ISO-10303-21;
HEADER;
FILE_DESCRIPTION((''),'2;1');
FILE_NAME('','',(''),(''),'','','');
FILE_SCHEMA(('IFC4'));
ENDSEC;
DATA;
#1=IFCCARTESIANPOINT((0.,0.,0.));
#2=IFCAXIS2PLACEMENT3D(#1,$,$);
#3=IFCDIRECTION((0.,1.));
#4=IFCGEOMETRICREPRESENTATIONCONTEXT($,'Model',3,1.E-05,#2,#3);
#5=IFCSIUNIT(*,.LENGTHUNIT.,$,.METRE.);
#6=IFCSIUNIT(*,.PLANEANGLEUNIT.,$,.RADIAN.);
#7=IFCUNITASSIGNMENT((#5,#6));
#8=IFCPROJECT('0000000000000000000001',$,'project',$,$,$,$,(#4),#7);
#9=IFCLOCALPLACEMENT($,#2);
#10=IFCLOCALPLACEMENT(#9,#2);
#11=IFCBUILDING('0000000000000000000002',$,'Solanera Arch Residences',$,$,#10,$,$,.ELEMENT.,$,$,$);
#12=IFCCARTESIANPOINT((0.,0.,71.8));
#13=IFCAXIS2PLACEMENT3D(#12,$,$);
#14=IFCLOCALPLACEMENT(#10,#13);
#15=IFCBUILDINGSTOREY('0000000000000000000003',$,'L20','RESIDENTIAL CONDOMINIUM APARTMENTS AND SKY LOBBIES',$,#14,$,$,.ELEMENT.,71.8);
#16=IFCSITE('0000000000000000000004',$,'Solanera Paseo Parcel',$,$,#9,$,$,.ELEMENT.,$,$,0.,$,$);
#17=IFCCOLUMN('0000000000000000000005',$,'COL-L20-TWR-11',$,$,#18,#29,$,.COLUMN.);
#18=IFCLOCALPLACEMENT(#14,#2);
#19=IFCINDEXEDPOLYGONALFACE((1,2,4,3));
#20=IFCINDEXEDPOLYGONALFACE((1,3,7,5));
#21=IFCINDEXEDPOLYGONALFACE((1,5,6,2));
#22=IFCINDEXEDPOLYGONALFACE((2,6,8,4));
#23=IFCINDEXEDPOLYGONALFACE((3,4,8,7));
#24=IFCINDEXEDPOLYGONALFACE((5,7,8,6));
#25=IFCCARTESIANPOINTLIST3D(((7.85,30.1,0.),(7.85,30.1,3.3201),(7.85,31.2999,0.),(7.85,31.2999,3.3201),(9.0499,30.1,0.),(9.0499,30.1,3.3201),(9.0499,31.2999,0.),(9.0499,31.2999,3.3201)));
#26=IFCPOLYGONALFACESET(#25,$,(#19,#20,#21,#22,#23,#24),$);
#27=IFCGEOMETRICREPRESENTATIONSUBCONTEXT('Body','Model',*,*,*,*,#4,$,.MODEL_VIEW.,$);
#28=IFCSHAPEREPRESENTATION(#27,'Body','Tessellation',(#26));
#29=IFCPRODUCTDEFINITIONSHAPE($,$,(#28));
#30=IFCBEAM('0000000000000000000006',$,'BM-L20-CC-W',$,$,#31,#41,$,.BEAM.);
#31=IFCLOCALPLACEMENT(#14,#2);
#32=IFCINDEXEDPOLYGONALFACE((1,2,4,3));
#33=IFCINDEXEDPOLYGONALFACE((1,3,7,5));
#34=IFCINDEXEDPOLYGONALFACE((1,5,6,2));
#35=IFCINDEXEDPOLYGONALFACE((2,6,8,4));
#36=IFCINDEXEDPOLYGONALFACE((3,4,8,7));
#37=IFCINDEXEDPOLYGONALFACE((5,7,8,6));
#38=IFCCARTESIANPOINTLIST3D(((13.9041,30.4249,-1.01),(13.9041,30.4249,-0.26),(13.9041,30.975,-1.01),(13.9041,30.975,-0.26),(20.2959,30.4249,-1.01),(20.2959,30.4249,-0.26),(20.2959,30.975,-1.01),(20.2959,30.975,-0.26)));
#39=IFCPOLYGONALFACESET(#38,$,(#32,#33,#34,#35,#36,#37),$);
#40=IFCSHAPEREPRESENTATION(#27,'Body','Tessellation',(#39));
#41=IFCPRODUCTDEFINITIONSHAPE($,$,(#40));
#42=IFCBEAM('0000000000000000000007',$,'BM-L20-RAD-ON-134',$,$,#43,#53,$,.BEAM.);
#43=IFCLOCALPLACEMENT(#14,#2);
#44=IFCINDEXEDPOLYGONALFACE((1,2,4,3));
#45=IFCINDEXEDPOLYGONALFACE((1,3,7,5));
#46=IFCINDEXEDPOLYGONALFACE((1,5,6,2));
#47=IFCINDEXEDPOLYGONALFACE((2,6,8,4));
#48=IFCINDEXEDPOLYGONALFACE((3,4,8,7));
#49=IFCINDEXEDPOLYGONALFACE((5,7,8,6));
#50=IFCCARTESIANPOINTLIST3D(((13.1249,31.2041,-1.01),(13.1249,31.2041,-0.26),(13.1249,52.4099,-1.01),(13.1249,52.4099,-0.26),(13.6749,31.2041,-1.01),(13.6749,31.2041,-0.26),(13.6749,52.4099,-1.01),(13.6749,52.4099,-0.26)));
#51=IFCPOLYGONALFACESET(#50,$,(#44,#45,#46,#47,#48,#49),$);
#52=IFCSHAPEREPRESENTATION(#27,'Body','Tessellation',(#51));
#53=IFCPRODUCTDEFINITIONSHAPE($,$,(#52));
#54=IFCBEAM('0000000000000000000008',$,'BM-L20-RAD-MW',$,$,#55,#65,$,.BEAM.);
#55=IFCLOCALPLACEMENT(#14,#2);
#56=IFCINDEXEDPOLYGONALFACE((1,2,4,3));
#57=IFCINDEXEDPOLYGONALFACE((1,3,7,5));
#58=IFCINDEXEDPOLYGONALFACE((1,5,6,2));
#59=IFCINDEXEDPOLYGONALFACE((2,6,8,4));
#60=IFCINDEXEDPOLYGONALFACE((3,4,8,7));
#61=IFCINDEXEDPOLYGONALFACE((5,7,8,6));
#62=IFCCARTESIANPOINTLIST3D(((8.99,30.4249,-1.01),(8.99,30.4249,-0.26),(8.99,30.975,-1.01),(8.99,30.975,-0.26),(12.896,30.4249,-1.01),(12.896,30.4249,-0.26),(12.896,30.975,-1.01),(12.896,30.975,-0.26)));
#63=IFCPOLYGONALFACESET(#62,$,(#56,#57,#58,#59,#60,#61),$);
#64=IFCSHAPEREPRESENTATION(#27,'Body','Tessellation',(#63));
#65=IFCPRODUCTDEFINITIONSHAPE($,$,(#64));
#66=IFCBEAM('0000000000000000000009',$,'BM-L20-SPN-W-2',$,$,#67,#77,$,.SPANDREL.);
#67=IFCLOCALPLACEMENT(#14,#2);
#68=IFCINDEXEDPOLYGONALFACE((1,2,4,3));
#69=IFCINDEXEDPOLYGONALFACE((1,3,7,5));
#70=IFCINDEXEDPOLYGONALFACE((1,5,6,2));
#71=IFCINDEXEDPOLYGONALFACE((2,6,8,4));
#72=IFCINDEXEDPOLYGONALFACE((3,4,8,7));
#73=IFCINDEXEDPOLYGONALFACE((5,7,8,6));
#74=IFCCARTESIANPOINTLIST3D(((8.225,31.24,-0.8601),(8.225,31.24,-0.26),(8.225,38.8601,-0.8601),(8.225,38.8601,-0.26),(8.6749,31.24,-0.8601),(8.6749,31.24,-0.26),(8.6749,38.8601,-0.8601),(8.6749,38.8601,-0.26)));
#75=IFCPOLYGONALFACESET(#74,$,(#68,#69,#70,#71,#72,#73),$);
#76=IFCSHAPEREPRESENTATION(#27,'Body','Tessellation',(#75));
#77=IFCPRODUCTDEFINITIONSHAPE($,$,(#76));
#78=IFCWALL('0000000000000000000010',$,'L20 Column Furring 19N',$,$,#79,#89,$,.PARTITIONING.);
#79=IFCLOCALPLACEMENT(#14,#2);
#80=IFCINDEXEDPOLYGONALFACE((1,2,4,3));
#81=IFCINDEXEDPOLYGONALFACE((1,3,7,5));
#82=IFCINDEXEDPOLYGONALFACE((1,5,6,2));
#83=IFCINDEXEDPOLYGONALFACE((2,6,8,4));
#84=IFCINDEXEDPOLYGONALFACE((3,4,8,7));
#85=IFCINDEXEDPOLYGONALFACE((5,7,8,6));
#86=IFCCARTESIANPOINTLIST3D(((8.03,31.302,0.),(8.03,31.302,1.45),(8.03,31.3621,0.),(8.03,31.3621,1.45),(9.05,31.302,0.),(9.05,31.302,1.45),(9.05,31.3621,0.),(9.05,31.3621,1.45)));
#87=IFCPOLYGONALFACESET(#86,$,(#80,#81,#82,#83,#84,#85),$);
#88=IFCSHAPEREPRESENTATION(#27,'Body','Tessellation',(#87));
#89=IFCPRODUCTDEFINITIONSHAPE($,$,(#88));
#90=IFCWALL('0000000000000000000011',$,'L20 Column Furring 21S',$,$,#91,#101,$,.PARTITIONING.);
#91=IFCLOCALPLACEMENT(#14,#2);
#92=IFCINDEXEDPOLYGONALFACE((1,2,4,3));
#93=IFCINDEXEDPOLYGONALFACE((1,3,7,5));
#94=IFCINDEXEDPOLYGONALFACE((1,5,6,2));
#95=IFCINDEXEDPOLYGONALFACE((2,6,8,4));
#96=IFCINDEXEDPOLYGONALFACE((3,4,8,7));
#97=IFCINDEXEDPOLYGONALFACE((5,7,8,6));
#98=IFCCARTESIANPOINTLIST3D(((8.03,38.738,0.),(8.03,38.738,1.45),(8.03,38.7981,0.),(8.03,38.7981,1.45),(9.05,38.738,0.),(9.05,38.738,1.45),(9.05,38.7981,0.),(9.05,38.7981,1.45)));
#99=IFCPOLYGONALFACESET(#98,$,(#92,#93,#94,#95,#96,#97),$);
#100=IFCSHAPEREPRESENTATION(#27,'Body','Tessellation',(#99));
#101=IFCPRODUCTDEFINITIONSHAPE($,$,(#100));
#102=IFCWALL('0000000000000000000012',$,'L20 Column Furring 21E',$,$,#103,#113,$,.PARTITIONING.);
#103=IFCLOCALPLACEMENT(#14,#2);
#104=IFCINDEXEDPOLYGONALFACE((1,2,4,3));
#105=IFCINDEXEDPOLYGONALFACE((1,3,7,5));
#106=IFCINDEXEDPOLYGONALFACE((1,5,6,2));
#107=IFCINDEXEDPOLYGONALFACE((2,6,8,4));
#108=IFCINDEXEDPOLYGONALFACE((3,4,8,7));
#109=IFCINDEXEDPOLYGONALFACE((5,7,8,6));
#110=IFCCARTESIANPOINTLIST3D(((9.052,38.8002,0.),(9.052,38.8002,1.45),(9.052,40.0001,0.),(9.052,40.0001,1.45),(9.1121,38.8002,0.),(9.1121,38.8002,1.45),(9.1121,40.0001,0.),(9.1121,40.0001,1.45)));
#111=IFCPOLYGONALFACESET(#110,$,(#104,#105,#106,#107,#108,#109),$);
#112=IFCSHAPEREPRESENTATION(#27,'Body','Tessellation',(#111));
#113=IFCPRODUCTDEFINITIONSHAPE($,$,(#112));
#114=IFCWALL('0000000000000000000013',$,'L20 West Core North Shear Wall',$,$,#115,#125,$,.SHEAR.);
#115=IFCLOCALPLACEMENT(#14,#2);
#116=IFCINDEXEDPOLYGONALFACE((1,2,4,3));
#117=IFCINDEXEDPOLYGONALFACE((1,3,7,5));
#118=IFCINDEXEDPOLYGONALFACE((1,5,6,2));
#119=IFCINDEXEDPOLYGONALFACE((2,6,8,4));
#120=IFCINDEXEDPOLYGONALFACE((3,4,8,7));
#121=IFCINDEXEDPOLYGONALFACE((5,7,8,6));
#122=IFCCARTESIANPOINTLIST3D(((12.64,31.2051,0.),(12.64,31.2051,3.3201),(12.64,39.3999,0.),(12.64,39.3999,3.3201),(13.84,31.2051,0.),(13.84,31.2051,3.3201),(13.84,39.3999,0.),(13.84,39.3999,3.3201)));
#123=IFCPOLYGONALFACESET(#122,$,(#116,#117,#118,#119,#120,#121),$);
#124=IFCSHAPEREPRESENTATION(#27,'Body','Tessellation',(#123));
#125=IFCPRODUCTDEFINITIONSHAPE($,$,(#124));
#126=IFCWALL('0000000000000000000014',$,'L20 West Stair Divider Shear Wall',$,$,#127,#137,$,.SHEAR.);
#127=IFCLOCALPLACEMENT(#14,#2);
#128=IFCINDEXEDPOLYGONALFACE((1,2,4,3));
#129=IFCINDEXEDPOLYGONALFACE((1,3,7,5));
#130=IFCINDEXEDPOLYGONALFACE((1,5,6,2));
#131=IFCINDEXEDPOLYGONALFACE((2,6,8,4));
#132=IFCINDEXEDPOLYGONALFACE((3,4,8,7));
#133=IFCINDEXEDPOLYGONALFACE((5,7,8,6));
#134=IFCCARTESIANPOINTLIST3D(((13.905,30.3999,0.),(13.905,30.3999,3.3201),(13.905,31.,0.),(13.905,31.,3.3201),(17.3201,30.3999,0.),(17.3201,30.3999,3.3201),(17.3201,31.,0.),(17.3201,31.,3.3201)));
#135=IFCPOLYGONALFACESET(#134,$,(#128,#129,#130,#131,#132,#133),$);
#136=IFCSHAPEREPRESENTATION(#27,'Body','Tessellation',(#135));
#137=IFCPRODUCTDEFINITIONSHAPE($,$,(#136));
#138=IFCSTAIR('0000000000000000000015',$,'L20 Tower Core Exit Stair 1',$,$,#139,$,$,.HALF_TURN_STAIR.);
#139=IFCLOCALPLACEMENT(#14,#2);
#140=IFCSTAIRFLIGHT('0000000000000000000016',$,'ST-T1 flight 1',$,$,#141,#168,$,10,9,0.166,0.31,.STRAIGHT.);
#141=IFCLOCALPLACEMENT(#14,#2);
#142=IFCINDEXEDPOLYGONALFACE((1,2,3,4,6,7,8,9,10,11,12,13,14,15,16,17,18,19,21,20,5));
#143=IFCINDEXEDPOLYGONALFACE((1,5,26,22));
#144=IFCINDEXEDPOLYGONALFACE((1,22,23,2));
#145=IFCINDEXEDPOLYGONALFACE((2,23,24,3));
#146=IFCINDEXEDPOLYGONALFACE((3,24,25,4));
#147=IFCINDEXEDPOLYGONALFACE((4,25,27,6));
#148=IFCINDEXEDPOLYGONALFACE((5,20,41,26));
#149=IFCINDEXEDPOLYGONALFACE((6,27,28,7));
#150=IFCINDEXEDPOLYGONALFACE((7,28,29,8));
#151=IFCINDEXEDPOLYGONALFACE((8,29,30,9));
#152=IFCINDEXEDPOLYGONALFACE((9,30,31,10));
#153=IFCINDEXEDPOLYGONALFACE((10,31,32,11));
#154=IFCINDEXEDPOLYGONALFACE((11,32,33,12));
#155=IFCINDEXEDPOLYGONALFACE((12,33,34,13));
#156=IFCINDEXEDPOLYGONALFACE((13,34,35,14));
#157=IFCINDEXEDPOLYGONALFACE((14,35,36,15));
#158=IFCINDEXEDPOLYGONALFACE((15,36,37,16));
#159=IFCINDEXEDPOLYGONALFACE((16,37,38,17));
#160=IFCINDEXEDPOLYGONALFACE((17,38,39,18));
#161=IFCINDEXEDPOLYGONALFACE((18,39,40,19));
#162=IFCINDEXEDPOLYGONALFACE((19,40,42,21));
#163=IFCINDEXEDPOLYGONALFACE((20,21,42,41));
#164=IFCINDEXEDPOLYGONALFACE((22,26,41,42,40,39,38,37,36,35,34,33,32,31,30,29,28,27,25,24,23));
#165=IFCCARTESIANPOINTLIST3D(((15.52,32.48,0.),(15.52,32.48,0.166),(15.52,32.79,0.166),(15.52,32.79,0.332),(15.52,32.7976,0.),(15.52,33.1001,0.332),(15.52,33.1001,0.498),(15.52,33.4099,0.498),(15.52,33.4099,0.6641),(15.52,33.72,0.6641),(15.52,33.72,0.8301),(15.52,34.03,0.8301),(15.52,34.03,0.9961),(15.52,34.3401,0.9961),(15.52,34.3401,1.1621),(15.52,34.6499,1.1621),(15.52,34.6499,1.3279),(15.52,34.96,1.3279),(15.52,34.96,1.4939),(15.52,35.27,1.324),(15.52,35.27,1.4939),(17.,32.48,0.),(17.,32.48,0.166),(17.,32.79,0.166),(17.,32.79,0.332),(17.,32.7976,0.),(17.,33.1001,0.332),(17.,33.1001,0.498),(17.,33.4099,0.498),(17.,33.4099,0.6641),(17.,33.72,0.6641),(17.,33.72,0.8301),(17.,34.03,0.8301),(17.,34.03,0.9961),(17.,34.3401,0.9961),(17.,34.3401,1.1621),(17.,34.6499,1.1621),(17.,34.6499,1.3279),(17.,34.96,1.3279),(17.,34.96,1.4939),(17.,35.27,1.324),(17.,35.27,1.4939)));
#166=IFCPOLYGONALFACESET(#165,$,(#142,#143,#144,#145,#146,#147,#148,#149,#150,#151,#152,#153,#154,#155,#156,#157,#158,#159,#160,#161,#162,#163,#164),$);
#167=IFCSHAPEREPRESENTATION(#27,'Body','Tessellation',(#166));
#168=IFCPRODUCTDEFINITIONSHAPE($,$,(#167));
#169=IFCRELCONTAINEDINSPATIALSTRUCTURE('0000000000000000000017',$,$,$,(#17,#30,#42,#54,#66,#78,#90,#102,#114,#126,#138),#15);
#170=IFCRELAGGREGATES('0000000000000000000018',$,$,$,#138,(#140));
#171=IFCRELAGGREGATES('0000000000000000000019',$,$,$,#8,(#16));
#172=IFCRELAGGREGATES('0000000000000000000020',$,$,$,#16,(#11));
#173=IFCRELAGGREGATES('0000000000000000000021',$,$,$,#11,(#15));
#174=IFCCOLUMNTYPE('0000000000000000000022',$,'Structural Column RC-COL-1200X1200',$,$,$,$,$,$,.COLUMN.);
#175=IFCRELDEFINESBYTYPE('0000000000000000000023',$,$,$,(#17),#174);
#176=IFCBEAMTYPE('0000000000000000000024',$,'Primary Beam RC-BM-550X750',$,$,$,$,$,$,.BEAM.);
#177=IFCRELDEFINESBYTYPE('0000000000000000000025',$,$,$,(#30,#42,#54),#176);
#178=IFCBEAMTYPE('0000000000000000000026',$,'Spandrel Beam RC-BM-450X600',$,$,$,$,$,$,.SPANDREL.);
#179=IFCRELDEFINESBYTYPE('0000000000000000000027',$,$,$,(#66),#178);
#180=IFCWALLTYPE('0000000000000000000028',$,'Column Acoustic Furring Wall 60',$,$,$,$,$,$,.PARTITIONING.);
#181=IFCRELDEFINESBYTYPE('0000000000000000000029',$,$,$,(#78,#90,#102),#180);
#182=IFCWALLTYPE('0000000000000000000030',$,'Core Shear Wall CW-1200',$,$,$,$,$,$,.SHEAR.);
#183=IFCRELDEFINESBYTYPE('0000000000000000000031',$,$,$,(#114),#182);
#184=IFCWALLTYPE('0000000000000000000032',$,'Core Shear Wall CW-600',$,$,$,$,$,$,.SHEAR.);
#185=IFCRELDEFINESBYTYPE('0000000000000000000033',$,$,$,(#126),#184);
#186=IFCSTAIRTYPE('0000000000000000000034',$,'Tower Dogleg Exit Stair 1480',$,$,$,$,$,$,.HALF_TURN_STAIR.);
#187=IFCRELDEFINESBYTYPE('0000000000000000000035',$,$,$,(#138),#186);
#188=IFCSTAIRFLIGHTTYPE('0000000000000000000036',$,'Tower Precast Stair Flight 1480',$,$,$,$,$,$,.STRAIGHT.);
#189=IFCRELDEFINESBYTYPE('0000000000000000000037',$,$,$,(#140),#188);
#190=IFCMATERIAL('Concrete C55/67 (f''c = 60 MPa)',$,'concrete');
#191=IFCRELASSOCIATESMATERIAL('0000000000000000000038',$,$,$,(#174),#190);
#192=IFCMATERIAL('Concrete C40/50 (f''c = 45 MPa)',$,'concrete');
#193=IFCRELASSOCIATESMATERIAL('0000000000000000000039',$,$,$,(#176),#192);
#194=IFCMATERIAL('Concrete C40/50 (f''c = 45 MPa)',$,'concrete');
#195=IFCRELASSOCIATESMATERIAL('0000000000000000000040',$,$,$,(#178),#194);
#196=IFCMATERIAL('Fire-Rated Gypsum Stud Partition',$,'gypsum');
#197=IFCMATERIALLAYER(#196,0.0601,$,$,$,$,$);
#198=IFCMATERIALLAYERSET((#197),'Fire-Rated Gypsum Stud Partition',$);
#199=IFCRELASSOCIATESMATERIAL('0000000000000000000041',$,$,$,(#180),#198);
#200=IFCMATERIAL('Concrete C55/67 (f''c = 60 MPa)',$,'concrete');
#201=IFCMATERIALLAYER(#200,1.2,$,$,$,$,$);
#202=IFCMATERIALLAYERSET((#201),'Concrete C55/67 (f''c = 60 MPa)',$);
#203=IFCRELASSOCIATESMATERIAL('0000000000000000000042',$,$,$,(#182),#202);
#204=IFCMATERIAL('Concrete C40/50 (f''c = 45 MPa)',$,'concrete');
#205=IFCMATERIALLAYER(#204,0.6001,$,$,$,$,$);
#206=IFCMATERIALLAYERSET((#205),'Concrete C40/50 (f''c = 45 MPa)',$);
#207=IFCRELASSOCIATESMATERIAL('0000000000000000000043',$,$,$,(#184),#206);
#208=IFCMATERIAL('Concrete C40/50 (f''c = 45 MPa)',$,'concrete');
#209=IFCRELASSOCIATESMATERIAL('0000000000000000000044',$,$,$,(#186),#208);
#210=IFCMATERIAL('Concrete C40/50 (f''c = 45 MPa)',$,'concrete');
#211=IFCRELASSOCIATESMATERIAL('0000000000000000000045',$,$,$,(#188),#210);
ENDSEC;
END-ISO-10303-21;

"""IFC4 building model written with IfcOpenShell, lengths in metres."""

from ifc_helpers import new_model, si_unit, direction, frame, frame_2d, origin, origin_2d, place, context, subcontext, project, spatial, polyline, rectangle, outline, extrude, material, layer, layer_set, material_profile, profile_set, type_object, element, aggregate, save


model = new_model("IFC4")

# Units and contexts
model_context = context("Model", 3, precision=1e-05, world=origin(), true_north=direction((0.0, 1.0)))
body_context = subcontext(model_context, "Body", "Model", "MODEL_VIEW")
ifc_project = project(units=[si_unit("LENGTHUNIT", "METRE"), si_unit("PLANEANGLEUNIT", "RADIAN")], contexts=[model_context])

# Site, building, storey
site_placement = place(None, origin())
site = spatial("IfcSite", under=ifc_project, at=site_placement, Name="Solanera Paseo Parcel", CompositionType="ELEMENT", RefElevation=0.0)
building_placement = place(site_placement, origin())
building = spatial("IfcBuilding", under=site, at=building_placement, Name="Solanera Arch Residences", CompositionType="ELEMENT")
storey_placement = place(building_placement, frame((0.0, 0.0, 71.8)))
storey = spatial("IfcBuildingStorey", under=building, at=storey_placement, Name="L20", Description="RESIDENTIAL CONDOMINIUM APARTMENTS AND SKY LOBBIES", CompositionType="ELEMENT", Elevation=71.8)

# Column
ifc_material_1 = material(Name="Concrete C55/67 (f'c = 60 MPa)", Category="concrete")
ifc_material_profile_1 = material_profile(ifc_material_1, rectangle(XDim=1.2, YDim=1.2, at=origin_2d()))
ifc_profile_set_1 = profile_set([ifc_material_profile_1], Name="Concrete C55/67 (f'c = 60 MPa)")
column_type = type_object("IfcColumnType", Name="Structural Column RC-COL-1200X1200", PredefinedType="COLUMN", material=ifc_profile_set_1)
column_placement = place(storey_placement, frame((8.45, 30.7, 0.0), z_axis=(0.0, 0.0, 1.0), x_axis=(1.0, 0.0, 0.0)))
element("IfcColumn", 1, at=column_placement, inside=storey, type_object=column_type, Name="COL-L20-TWR-11", PredefinedType="COLUMN", context=body_context, shape_type="SweptSolid", body=[
    extrude(rectangle(XDim=1.2, YDim=1.2, at=origin_2d()), origin(), (0.0, 0.0, 1.0), 3.3201),
])

# Beams
ifc_material_2 = material(Name="Concrete C40/50 (f'c = 45 MPa)", Category="concrete")
ifc_material_profile_2 = material_profile(ifc_material_2, rectangle(XDim=0.55, YDim=0.75, at=origin_2d()))
ifc_profile_set_2 = profile_set([ifc_material_profile_2], Name="Concrete C40/50 (f'c = 45 MPa)")
beam_type_1 = type_object("IfcBeamType", Name="Primary Beam RC-BM-550X750", PredefinedType="BEAM", material=ifc_profile_set_2)
beam_1_placement = place(storey_placement, frame((13.9041, 30.7, -0.635), z_axis=(1.0, 0.0, 0.0), x_axis=(0.0, 1.0, 0.0)))
element("IfcBeam", 2, at=beam_1_placement, inside=storey, type_object=beam_type_1, Name="BM-L20-CC-W", PredefinedType="BEAM", context=body_context, shape_type="SweptSolid", body=[
    extrude(rectangle(XDim=0.55, YDim=0.75, at=origin_2d()), origin(), (0.0, 0.0, 1.0), 6.3918),
])
beam_2_placement = place(storey_placement, frame((13.3999, 31.2041, -0.635), z_axis=(0.0, 1.0, 0.0), x_axis=(-1.0, 0.0, 0.0)))
element("IfcBeam", 3, at=beam_2_placement, inside=storey, type_object=beam_type_1, Name="BM-L20-RAD-ON-134", PredefinedType="BEAM", context=body_context, shape_type="SweptSolid", body=[
    extrude(rectangle(XDim=0.55, YDim=0.75, at=origin_2d()), origin(), (0.0, 0.0, 1.0), 21.2058),
])
beam_3_placement = place(storey_placement, frame((8.99, 30.7, -0.635), z_axis=(1.0, 0.0, 0.0), x_axis=(0.0, 1.0, 0.0)))
element("IfcBeam", 4, at=beam_3_placement, inside=storey, type_object=beam_type_1, Name="BM-L20-RAD-MW", PredefinedType="BEAM", context=body_context, shape_type="SweptSolid", body=[
    extrude(rectangle(XDim=0.55, YDim=0.75, at=origin_2d()), origin(), (0.0, 0.0, 1.0), 3.906),
])
ifc_material_3 = material(Name="Concrete C40/50 (f'c = 45 MPa)", Category="concrete")
ifc_material_profile_3 = material_profile(ifc_material_3, rectangle(XDim=0.45, YDim=0.6001, at=origin_2d()))
ifc_profile_set_3 = profile_set([ifc_material_profile_3], Name="Concrete C40/50 (f'c = 45 MPa)")
beam_type_2 = type_object("IfcBeamType", Name="Spandrel Beam RC-BM-450X600", PredefinedType="SPANDREL", material=ifc_profile_set_3)
beam_4_placement = place(storey_placement, frame((8.45, 31.24, -0.5601), z_axis=(0.0, 1.0, 0.0), x_axis=(-1.0, 0.0, 0.0)))
element("IfcBeam", 5, at=beam_4_placement, inside=storey, type_object=beam_type_2, Name="BM-L20-SPN-W-2", PredefinedType="SPANDREL", context=body_context, shape_type="SweptSolid", body=[
    extrude(rectangle(XDim=0.45, YDim=0.6001, at=origin_2d()), origin(), (0.0, 0.0, 1.0), 7.6201),
])

# Walls
ifc_material_4 = material(Name="Fire-Rated Gypsum Stud Partition", Category="gypsum")
ifc_layer_1 = layer(ifc_material_4, 0.0601)
ifc_layer_set_1 = layer_set([ifc_layer_1], Name="Fire-Rated Gypsum Stud Partition")
wall_type_1 = type_object("IfcWallType", Name="Column Acoustic Furring Wall 60", PredefinedType="PARTITIONING", material=ifc_layer_set_1)
for number, where, z_axis, x_axis, name in (
    (6, (8.03, 31.332, 0.0), (0.0, 0.0, 1.0), (1.0, 0.0, 0.0), "L20 Column Furring 19N"),
    (7, (8.03, 38.7681, 0.0), (0.0, 0.0, 1.0), (1.0, 0.0, 0.0), "L20 Column Furring 21S"),
):
    element("IfcWall", number, at=place(storey_placement, frame(where, z_axis=z_axis, x_axis=x_axis)), inside=storey, type_object=wall_type_1, Name=name, PredefinedType="PARTITIONING", context=body_context, shape_type="SweptSolid", body=[
        extrude(rectangle(XDim=1.02, YDim=0.0601, at=frame_2d((0.51, 0.0))), origin(), (0.0, 0.0, 1.0), 1.45),
    ])
wall_1_placement = place(storey_placement, frame((9.082, 38.8, 0.0), z_axis=(0.0, 0.0, 1.0), x_axis=(0.0, 1.0, 0.0)))
element("IfcWall", 8, at=wall_1_placement, inside=storey, type_object=wall_type_1, Name="L20 Column Furring 21E", PredefinedType="PARTITIONING", context=body_context, shape_type="SweptSolid", body=[
    extrude(rectangle(XDim=1.2, YDim=0.0601, at=frame_2d((0.6001, 0.0))), origin(), (0.0, 0.0, 1.0), 1.45),
])
ifc_material_5 = material(Name="Concrete C55/67 (f'c = 60 MPa)", Category="concrete")
ifc_layer_2 = layer(ifc_material_5, 1.2)
ifc_layer_set_2 = layer_set([ifc_layer_2], Name="Concrete C55/67 (f'c = 60 MPa)")
wall_type_2 = type_object("IfcWallType", Name="Core Shear Wall CW-1200", PredefinedType="SHEAR", material=ifc_layer_set_2)
wall_2_placement = place(storey_placement, frame((13.24, 31.2051, 0.0), z_axis=(0.0, 0.0, 1.0), x_axis=(0.0, 1.0, 0.0)))
element("IfcWall", 9, at=wall_2_placement, inside=storey, type_object=wall_type_2, Name="L20 West Core North Shear Wall", PredefinedType="SHEAR", context=body_context, shape_type="SweptSolid", body=[
    extrude(rectangle(XDim=8.1948, YDim=1.2, at=frame_2d((4.0974, 0.0))), origin(), (0.0, 0.0, 1.0), 3.3201),
])
ifc_material_6 = material(Name="Concrete C40/50 (f'c = 45 MPa)", Category="concrete")
ifc_layer_3 = layer(ifc_material_6, 0.6001)
ifc_layer_set_3 = layer_set([ifc_layer_3], Name="Concrete C40/50 (f'c = 45 MPa)")
wall_type_3 = type_object("IfcWallType", Name="Core Shear Wall CW-600", PredefinedType="SHEAR", material=ifc_layer_set_3)
wall_3_placement = place(storey_placement, frame((13.905, 30.7, 0.0), z_axis=(0.0, 0.0, 1.0), x_axis=(1.0, 0.0, 0.0)))
element("IfcWall", 10, at=wall_3_placement, inside=storey, type_object=wall_type_3, Name="L20 West Stair Divider Shear Wall", PredefinedType="SHEAR", context=body_context, shape_type="SweptSolid", body=[
    extrude(rectangle(XDim=3.415, YDim=0.6001, at=frame_2d((1.7075, 0.0))), origin(), (0.0, 0.0, 1.0), 3.3201),
])

# Stair, stair flight
ifc_material_7 = material(Name="Concrete C40/50 (f'c = 45 MPa)", Category="concrete")
stair_type = type_object("IfcStairType", Name="Tower Dogleg Exit Stair 1480", PredefinedType="HALF_TURN_STAIR", material=ifc_material_7)
stair_placement = place(storey_placement, origin())
stair = element("IfcStair", 11, at=stair_placement, inside=storey, type_object=stair_type, Name="L20 Tower Core Exit Stair 1", PredefinedType="HALF_TURN_STAIR")
ifc_material_8 = material(Name="Concrete C40/50 (f'c = 45 MPa)", Category="concrete")
stair_flight_type = type_object("IfcStairFlightType", Name="Tower Precast Stair Flight 1480", PredefinedType="STRAIGHT", material=ifc_material_8)
stair_flight_1_placement = place(storey_placement, frame((16.26, 32.48, 0.0), z_axis=(0.0, 0.0, 1.0), x_axis=(0.0, 1.0, 0.0)))
stair_flight_1 = element("IfcStairFlight", 12, at=stair_flight_1_placement, type_object=stair_flight_type, Name="ST-T1 flight 1", NumberOfRisers=10, NumberOfTreads=9, PredefinedType="STRAIGHT", RiserHeight=0.166, TreadLength=0.31, context=body_context, shape_type="SweptSolid", body=[
    extrude(outline(polyline([(0.0, 0.0), (0.0, 0.166), (0.3101, 0.166), (0.3101, 0.332), (0.6201, 0.332), (0.6201, 0.498), (0.9299, 0.498), (0.9299, 0.6641), (1.24, 0.6641), (1.24, 0.8301), (1.55, 0.8301), (1.55, 0.9961), (1.8601, 0.9961), (1.8601, 1.1621), (2.1699, 1.1621), (2.1699, 1.3279), (2.48, 1.3279), (2.48, 1.4939), (2.79, 1.4939), (2.79, 1.6599), (2.79, 1.324), (0.3176, 0.0), (0.0, 0.0)])), frame((0.0, 0.74, 0.0), z_axis=(0.0, -1.0, 0.0), x_axis=(1.0, 0.0, 0.0)), (0.0, 0.0, 1.0), 1.48),
])
aggregate(stair, [stair_flight_1])

save(model, "model.ifc")
